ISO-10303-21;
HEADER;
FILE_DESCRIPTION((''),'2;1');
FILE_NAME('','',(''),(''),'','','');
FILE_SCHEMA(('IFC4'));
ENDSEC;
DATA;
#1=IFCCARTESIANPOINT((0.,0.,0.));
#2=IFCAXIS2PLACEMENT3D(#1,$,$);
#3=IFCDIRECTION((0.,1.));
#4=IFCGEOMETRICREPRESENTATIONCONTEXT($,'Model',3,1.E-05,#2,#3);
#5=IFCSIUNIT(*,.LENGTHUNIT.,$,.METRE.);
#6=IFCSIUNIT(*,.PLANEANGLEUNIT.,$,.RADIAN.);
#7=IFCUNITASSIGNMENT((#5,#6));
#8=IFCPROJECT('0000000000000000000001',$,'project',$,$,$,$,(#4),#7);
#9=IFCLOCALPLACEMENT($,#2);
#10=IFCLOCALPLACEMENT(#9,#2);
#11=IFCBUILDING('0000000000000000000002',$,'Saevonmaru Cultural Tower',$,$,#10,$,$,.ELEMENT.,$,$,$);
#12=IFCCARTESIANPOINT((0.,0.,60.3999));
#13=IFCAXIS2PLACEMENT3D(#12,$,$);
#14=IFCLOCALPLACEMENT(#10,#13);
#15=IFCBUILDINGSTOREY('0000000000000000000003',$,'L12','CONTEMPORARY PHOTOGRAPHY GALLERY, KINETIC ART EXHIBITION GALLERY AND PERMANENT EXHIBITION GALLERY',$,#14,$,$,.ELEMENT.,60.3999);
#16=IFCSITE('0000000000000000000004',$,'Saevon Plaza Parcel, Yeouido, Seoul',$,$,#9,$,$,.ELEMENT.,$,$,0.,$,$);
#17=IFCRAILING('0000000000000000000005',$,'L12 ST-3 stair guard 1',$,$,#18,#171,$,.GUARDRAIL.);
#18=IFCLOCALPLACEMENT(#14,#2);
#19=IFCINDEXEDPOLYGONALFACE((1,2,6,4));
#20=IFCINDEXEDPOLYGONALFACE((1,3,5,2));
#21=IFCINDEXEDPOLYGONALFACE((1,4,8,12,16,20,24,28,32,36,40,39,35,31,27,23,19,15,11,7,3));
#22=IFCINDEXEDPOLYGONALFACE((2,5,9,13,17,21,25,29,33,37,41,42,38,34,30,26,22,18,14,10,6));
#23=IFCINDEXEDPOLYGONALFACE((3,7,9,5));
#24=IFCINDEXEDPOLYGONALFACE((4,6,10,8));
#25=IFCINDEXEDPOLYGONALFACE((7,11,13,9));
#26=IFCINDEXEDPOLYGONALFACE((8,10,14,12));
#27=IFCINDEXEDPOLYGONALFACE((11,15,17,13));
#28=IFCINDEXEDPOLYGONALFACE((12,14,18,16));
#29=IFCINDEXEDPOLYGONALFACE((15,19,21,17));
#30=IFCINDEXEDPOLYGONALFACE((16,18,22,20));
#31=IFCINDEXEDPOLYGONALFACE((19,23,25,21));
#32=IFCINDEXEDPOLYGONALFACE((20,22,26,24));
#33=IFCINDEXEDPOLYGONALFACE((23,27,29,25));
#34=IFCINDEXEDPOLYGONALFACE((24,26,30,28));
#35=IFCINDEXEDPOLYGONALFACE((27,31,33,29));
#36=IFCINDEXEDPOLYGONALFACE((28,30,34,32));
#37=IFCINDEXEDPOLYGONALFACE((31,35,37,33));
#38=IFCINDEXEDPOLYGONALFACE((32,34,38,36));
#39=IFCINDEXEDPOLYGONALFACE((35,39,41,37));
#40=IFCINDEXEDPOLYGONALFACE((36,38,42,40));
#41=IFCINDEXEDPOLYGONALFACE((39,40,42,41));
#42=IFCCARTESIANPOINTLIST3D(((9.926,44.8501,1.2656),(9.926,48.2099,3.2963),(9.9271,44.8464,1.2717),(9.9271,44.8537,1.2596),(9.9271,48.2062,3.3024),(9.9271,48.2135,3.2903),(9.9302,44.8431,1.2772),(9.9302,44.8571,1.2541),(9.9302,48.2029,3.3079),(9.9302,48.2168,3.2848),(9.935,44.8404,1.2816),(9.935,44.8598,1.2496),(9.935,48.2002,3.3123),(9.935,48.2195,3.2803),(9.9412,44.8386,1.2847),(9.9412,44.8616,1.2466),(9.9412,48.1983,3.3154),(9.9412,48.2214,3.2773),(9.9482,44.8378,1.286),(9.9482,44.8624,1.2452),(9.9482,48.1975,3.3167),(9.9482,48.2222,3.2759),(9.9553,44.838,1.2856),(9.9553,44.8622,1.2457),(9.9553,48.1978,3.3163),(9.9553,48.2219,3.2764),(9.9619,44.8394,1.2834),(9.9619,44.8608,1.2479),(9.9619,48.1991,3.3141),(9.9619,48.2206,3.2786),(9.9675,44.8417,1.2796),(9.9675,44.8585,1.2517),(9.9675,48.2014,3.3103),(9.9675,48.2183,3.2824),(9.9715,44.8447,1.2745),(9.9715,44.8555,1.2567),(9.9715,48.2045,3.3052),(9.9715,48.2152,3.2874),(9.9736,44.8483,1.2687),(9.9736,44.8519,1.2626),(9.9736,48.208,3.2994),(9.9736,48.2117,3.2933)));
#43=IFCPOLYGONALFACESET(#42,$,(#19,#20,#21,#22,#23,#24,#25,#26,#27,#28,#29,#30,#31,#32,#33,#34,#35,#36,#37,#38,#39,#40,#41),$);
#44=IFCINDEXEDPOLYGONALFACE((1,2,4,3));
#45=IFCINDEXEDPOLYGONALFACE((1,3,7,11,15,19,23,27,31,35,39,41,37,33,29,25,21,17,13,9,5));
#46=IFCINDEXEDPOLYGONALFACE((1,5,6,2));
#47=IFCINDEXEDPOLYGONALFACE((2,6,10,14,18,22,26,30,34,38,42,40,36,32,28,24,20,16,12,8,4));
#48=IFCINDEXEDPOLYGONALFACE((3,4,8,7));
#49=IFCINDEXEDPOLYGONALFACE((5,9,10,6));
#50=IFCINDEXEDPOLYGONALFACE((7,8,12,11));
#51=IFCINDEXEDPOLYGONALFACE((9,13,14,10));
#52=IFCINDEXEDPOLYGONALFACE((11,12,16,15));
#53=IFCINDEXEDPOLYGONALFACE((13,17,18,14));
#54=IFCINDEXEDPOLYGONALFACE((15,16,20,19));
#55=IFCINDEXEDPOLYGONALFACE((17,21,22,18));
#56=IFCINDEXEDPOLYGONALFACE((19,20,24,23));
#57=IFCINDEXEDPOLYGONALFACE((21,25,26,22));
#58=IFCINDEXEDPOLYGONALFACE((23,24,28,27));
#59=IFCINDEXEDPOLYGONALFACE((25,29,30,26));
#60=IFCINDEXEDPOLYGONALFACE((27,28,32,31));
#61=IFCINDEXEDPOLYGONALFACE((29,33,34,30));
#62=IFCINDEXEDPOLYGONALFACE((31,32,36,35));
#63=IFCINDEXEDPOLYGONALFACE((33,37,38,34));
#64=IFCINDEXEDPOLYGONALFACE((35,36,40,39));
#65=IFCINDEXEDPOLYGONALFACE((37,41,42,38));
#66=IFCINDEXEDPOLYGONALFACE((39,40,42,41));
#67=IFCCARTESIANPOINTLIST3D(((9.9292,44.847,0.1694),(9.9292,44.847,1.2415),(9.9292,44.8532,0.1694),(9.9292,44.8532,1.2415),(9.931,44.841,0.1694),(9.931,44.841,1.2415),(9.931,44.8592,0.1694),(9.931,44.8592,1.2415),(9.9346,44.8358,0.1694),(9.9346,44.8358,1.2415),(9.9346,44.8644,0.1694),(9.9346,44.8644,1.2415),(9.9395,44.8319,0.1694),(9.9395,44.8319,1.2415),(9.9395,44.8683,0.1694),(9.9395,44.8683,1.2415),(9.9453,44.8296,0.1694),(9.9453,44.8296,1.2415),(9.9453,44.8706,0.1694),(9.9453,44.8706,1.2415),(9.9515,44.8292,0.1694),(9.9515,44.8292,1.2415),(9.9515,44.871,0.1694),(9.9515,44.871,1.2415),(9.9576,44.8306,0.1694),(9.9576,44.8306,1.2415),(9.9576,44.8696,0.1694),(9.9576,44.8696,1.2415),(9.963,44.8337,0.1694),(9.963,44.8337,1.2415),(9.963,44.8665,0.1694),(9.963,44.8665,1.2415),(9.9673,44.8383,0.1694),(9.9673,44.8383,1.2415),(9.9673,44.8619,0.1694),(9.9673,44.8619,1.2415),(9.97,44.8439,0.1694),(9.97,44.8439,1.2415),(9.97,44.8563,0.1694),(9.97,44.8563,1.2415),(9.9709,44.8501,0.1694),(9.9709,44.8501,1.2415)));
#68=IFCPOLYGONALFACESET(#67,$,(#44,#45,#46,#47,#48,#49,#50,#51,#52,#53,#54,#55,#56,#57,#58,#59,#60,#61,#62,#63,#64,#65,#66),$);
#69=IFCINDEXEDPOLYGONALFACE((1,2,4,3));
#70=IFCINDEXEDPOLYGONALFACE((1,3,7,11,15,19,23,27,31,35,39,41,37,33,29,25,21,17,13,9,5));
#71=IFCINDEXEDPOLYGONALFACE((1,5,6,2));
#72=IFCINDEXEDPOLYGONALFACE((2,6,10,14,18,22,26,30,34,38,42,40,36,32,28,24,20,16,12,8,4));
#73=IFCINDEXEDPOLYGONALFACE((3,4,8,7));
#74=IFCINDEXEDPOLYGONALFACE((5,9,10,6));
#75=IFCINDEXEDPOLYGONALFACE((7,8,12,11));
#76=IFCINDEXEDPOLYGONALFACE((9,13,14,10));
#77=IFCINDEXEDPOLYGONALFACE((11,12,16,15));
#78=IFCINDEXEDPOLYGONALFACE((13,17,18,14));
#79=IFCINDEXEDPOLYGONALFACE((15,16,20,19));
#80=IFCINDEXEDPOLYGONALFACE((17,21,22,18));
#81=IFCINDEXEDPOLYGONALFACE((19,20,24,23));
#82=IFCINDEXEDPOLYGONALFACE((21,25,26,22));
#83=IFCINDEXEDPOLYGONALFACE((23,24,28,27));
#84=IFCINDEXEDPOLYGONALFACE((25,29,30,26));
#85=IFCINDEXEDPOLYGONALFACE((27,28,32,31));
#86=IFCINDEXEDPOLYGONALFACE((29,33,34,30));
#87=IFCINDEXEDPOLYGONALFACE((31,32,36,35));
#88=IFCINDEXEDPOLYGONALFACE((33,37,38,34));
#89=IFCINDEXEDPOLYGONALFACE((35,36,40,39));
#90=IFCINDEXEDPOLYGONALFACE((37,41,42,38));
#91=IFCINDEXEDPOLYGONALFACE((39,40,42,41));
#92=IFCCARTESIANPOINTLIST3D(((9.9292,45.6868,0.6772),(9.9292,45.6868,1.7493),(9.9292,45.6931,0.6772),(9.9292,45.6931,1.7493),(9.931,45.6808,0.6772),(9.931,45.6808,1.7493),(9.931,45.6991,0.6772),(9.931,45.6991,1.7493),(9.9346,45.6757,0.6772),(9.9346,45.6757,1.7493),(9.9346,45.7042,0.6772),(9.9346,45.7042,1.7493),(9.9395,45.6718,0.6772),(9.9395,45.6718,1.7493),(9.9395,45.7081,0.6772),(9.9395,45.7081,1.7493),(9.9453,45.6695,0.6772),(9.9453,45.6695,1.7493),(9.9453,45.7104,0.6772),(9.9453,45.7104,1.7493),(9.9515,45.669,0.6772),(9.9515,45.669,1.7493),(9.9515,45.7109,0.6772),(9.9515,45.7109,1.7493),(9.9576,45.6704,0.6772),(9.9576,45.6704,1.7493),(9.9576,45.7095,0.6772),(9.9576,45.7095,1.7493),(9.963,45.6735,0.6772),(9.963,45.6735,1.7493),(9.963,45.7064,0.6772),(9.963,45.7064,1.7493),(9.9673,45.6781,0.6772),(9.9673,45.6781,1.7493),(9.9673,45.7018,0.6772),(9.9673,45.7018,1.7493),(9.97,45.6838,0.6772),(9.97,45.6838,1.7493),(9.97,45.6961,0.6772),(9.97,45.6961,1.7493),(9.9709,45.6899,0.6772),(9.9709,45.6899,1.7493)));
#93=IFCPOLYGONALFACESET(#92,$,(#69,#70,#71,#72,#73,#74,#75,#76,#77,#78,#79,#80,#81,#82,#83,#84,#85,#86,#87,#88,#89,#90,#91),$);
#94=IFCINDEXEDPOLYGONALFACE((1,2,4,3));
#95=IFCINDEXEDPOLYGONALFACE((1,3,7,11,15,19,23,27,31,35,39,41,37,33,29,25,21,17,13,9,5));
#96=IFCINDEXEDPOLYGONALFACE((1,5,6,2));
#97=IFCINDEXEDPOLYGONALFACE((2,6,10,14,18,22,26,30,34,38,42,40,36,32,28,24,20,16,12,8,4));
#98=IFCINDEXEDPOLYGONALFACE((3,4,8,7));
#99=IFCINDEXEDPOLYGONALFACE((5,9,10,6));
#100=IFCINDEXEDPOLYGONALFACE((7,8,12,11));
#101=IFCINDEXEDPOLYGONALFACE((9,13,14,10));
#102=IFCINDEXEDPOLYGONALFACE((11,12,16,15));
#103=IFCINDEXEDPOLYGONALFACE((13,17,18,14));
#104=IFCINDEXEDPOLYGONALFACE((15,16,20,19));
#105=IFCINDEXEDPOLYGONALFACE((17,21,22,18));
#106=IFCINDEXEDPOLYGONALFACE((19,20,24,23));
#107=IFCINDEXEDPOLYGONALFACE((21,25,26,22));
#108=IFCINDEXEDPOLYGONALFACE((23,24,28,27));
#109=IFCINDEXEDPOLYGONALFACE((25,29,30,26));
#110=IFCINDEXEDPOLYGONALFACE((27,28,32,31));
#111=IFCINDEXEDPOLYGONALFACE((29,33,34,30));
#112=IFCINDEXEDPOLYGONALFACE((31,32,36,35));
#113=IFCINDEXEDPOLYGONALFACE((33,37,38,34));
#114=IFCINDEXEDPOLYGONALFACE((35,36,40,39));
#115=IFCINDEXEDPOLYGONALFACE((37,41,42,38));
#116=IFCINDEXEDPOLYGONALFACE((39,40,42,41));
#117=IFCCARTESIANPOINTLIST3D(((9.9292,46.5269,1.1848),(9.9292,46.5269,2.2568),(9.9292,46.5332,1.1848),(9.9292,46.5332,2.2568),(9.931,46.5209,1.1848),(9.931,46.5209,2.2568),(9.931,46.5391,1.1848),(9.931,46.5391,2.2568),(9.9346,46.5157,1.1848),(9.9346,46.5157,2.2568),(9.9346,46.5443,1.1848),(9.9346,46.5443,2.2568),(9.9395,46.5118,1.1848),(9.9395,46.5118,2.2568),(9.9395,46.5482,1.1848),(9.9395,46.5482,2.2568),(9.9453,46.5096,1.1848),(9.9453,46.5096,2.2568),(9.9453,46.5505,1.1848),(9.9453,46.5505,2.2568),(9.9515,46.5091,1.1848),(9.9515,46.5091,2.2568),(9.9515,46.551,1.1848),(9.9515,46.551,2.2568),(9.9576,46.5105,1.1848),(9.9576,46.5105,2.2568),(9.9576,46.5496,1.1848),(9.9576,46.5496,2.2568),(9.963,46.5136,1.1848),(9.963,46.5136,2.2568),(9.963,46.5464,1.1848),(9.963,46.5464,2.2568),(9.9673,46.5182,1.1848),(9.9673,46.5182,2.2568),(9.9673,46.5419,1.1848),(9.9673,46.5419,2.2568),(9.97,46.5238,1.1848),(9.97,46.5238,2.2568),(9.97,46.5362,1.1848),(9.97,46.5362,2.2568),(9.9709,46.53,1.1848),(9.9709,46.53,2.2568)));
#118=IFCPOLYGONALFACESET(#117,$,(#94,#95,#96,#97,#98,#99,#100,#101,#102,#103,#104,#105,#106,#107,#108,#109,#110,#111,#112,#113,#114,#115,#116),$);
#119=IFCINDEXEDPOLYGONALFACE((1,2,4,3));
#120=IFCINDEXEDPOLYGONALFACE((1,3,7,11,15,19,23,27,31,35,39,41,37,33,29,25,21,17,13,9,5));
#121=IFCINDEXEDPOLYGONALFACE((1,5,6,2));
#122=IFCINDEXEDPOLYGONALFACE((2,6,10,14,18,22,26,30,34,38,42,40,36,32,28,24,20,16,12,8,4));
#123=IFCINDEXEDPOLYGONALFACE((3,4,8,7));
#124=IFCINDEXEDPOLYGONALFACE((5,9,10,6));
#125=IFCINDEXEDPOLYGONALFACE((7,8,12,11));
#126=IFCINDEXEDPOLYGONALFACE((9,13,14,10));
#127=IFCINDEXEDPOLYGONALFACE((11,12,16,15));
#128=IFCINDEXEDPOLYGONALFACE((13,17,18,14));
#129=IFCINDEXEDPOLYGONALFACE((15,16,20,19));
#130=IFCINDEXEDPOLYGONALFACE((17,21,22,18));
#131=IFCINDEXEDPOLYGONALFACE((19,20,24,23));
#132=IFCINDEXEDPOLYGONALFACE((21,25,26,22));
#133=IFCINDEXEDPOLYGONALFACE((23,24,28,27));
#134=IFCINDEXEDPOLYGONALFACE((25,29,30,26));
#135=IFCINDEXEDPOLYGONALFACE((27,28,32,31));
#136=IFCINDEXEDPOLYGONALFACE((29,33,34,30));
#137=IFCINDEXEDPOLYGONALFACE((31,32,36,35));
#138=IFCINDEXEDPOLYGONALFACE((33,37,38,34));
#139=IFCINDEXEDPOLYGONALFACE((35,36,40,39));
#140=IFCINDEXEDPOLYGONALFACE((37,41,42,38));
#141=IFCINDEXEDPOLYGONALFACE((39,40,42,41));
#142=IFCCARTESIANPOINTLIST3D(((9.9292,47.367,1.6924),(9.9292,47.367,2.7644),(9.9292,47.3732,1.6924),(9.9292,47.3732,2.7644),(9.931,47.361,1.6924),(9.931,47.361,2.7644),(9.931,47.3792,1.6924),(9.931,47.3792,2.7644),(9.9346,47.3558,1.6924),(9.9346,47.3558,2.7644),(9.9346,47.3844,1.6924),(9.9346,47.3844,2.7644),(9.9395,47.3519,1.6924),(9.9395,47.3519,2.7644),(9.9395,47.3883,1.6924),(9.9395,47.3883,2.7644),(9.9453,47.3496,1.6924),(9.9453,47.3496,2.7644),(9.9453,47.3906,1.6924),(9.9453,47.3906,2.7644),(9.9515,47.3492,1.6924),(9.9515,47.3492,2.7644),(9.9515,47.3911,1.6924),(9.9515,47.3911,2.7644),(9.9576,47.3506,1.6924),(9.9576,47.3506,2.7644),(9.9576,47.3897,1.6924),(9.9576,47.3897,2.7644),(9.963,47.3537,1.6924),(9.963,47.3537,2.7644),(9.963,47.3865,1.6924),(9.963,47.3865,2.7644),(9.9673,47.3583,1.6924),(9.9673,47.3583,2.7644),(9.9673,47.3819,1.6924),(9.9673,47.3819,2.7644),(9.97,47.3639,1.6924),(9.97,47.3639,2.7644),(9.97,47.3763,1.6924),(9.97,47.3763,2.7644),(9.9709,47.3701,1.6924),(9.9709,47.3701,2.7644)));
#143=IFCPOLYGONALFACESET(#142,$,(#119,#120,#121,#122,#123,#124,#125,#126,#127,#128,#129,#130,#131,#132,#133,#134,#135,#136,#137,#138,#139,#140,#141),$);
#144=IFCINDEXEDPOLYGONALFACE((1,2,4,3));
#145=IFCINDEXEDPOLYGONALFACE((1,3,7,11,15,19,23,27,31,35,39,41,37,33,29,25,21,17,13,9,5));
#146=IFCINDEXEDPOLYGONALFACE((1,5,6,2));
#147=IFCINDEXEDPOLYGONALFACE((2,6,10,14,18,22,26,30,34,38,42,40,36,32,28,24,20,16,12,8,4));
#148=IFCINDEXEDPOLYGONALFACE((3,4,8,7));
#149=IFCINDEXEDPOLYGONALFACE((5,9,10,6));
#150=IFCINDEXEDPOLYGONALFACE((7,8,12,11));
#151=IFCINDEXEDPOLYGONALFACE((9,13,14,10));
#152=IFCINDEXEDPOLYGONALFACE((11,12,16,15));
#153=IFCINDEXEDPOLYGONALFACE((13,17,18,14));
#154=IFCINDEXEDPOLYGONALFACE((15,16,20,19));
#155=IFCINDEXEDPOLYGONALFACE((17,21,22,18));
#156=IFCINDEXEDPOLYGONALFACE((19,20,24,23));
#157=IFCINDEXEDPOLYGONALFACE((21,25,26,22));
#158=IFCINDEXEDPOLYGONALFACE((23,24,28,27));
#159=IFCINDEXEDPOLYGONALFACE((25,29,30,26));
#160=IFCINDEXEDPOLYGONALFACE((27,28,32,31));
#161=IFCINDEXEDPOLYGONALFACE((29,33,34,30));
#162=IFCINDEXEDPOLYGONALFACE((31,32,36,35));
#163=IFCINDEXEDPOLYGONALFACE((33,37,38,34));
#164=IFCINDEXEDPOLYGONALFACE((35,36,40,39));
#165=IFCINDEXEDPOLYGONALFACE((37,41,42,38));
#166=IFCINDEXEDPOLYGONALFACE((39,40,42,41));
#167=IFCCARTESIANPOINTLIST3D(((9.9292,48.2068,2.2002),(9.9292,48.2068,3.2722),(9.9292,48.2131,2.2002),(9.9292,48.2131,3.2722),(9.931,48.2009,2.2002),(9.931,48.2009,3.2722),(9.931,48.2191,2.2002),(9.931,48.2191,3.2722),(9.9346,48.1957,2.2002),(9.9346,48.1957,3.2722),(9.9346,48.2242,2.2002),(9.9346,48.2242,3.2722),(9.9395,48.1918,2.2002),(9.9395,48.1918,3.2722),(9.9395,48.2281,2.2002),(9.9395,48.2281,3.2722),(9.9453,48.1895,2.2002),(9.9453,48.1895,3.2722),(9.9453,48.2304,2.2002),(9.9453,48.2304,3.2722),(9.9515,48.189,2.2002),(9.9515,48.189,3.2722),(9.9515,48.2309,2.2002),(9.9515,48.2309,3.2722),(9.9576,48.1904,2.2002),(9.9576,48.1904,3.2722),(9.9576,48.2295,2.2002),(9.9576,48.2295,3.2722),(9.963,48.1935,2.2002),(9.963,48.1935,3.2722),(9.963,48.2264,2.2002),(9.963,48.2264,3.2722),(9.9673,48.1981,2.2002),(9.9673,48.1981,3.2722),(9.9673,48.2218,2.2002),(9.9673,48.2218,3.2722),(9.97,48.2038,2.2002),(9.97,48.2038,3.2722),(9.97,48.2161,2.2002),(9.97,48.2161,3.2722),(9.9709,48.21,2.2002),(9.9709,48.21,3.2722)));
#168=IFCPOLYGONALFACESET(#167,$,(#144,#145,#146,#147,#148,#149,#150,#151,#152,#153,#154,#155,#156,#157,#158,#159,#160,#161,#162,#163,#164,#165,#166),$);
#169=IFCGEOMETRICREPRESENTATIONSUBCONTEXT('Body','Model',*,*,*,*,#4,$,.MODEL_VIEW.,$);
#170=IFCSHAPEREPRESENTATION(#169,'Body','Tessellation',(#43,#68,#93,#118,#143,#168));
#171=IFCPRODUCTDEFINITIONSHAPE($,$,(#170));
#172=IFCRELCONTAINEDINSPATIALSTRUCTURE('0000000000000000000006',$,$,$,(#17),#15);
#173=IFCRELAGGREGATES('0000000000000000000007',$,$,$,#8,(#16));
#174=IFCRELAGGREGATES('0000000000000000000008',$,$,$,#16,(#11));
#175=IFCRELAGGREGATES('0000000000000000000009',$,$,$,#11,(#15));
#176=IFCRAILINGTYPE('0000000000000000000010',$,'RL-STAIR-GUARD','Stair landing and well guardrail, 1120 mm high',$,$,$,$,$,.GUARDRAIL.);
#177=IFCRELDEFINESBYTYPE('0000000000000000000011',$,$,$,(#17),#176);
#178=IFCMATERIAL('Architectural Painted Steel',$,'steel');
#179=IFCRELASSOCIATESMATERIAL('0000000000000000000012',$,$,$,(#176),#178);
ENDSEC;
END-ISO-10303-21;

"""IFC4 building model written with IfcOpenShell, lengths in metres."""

from ifc_helpers import new_model, si_unit, direction, frame, origin, origin_2d, place, context, subcontext, project, spatial, circle, extrude, material, type_object, element, save


model = new_model("IFC4")

# Units and contexts
model_context = context("Model", 3, precision=1e-05, world=origin(), true_north=direction((0.0, 1.0)))
body_context = subcontext(model_context, "Body", "Model", "MODEL_VIEW")
ifc_project = project(units=[si_unit("LENGTHUNIT", "METRE"), si_unit("PLANEANGLEUNIT", "RADIAN")], contexts=[model_context])

# Site, building, storey
site_placement = place(None, origin())
site = spatial("IfcSite", under=ifc_project, at=site_placement, Name="Saevon Plaza Parcel, Yeouido, Seoul", CompositionType="ELEMENT", RefElevation=0.0)
building_placement = place(site_placement, origin())
building = spatial("IfcBuilding", under=site, at=building_placement, Name="Saevonmaru Cultural Tower", CompositionType="ELEMENT")
storey_placement = place(building_placement, frame((0.0, 0.0, 60.3999)))
storey = spatial("IfcBuildingStorey", under=building, at=storey_placement, Name="L12", Description="CONTEMPORARY PHOTOGRAPHY GALLERY, KINETIC ART EXHIBITION GALLERY AND PERMANENT EXHIBITION GALLERY", CompositionType="ELEMENT", Elevation=60.3999)

# Railing
ifc_material_1 = material(Name="Architectural Painted Steel", Category="steel")
railing_type_1 = type_object("IfcRailingType", Name="RL-STAIR-GUARD", Description="Stair landing and well guardrail, 1120 mm high", PredefinedType="GUARDRAIL", material=ifc_material_1)
railing_1_placement = place(storey_placement, frame((9.95, 44.8501, 0.1694)))
element("IfcRailing", 1, at=railing_1_placement, inside=storey, type_object=railing_type_1, Name="L12 ST-3 stair guard 1", PredefinedType="GUARDRAIL", context=body_context, shape_type="SweptSolid", body=[
    extrude(circle(Radius=0.0239, at=origin_2d()), frame((0.0, 0.0, 1.0962), z_axis=(0.0, 0.85582, 0.517273), x_axis=(-1.0, 0.0, 0.0)), (0.0, 0.0, 1.0), 3.9258),
    extrude(circle(Radius=0.021, at=origin_2d()), origin(), (0.0, 0.0, 1.0), 1.072),
    extrude(circle(Radius=0.021, at=origin_2d()), frame((0.0, 0.8398, 0.5078)), (0.0, 0.0, 1.0), 1.072),
    extrude(circle(Radius=0.021, at=origin_2d()), frame((0.0, 1.6799, 1.0154)), (0.0, 0.0, 1.0), 1.072),
    extrude(circle(Radius=0.021, at=origin_2d()), frame((0.0, 2.52, 1.5229)), (0.0, 0.0, 1.0), 1.072),
    extrude(circle(Radius=0.021, at=origin_2d()), frame((0.0, 3.3599, 2.0308)), (0.0, 0.0, 1.0), 1.072),
])

save(model, "model.ifc")
